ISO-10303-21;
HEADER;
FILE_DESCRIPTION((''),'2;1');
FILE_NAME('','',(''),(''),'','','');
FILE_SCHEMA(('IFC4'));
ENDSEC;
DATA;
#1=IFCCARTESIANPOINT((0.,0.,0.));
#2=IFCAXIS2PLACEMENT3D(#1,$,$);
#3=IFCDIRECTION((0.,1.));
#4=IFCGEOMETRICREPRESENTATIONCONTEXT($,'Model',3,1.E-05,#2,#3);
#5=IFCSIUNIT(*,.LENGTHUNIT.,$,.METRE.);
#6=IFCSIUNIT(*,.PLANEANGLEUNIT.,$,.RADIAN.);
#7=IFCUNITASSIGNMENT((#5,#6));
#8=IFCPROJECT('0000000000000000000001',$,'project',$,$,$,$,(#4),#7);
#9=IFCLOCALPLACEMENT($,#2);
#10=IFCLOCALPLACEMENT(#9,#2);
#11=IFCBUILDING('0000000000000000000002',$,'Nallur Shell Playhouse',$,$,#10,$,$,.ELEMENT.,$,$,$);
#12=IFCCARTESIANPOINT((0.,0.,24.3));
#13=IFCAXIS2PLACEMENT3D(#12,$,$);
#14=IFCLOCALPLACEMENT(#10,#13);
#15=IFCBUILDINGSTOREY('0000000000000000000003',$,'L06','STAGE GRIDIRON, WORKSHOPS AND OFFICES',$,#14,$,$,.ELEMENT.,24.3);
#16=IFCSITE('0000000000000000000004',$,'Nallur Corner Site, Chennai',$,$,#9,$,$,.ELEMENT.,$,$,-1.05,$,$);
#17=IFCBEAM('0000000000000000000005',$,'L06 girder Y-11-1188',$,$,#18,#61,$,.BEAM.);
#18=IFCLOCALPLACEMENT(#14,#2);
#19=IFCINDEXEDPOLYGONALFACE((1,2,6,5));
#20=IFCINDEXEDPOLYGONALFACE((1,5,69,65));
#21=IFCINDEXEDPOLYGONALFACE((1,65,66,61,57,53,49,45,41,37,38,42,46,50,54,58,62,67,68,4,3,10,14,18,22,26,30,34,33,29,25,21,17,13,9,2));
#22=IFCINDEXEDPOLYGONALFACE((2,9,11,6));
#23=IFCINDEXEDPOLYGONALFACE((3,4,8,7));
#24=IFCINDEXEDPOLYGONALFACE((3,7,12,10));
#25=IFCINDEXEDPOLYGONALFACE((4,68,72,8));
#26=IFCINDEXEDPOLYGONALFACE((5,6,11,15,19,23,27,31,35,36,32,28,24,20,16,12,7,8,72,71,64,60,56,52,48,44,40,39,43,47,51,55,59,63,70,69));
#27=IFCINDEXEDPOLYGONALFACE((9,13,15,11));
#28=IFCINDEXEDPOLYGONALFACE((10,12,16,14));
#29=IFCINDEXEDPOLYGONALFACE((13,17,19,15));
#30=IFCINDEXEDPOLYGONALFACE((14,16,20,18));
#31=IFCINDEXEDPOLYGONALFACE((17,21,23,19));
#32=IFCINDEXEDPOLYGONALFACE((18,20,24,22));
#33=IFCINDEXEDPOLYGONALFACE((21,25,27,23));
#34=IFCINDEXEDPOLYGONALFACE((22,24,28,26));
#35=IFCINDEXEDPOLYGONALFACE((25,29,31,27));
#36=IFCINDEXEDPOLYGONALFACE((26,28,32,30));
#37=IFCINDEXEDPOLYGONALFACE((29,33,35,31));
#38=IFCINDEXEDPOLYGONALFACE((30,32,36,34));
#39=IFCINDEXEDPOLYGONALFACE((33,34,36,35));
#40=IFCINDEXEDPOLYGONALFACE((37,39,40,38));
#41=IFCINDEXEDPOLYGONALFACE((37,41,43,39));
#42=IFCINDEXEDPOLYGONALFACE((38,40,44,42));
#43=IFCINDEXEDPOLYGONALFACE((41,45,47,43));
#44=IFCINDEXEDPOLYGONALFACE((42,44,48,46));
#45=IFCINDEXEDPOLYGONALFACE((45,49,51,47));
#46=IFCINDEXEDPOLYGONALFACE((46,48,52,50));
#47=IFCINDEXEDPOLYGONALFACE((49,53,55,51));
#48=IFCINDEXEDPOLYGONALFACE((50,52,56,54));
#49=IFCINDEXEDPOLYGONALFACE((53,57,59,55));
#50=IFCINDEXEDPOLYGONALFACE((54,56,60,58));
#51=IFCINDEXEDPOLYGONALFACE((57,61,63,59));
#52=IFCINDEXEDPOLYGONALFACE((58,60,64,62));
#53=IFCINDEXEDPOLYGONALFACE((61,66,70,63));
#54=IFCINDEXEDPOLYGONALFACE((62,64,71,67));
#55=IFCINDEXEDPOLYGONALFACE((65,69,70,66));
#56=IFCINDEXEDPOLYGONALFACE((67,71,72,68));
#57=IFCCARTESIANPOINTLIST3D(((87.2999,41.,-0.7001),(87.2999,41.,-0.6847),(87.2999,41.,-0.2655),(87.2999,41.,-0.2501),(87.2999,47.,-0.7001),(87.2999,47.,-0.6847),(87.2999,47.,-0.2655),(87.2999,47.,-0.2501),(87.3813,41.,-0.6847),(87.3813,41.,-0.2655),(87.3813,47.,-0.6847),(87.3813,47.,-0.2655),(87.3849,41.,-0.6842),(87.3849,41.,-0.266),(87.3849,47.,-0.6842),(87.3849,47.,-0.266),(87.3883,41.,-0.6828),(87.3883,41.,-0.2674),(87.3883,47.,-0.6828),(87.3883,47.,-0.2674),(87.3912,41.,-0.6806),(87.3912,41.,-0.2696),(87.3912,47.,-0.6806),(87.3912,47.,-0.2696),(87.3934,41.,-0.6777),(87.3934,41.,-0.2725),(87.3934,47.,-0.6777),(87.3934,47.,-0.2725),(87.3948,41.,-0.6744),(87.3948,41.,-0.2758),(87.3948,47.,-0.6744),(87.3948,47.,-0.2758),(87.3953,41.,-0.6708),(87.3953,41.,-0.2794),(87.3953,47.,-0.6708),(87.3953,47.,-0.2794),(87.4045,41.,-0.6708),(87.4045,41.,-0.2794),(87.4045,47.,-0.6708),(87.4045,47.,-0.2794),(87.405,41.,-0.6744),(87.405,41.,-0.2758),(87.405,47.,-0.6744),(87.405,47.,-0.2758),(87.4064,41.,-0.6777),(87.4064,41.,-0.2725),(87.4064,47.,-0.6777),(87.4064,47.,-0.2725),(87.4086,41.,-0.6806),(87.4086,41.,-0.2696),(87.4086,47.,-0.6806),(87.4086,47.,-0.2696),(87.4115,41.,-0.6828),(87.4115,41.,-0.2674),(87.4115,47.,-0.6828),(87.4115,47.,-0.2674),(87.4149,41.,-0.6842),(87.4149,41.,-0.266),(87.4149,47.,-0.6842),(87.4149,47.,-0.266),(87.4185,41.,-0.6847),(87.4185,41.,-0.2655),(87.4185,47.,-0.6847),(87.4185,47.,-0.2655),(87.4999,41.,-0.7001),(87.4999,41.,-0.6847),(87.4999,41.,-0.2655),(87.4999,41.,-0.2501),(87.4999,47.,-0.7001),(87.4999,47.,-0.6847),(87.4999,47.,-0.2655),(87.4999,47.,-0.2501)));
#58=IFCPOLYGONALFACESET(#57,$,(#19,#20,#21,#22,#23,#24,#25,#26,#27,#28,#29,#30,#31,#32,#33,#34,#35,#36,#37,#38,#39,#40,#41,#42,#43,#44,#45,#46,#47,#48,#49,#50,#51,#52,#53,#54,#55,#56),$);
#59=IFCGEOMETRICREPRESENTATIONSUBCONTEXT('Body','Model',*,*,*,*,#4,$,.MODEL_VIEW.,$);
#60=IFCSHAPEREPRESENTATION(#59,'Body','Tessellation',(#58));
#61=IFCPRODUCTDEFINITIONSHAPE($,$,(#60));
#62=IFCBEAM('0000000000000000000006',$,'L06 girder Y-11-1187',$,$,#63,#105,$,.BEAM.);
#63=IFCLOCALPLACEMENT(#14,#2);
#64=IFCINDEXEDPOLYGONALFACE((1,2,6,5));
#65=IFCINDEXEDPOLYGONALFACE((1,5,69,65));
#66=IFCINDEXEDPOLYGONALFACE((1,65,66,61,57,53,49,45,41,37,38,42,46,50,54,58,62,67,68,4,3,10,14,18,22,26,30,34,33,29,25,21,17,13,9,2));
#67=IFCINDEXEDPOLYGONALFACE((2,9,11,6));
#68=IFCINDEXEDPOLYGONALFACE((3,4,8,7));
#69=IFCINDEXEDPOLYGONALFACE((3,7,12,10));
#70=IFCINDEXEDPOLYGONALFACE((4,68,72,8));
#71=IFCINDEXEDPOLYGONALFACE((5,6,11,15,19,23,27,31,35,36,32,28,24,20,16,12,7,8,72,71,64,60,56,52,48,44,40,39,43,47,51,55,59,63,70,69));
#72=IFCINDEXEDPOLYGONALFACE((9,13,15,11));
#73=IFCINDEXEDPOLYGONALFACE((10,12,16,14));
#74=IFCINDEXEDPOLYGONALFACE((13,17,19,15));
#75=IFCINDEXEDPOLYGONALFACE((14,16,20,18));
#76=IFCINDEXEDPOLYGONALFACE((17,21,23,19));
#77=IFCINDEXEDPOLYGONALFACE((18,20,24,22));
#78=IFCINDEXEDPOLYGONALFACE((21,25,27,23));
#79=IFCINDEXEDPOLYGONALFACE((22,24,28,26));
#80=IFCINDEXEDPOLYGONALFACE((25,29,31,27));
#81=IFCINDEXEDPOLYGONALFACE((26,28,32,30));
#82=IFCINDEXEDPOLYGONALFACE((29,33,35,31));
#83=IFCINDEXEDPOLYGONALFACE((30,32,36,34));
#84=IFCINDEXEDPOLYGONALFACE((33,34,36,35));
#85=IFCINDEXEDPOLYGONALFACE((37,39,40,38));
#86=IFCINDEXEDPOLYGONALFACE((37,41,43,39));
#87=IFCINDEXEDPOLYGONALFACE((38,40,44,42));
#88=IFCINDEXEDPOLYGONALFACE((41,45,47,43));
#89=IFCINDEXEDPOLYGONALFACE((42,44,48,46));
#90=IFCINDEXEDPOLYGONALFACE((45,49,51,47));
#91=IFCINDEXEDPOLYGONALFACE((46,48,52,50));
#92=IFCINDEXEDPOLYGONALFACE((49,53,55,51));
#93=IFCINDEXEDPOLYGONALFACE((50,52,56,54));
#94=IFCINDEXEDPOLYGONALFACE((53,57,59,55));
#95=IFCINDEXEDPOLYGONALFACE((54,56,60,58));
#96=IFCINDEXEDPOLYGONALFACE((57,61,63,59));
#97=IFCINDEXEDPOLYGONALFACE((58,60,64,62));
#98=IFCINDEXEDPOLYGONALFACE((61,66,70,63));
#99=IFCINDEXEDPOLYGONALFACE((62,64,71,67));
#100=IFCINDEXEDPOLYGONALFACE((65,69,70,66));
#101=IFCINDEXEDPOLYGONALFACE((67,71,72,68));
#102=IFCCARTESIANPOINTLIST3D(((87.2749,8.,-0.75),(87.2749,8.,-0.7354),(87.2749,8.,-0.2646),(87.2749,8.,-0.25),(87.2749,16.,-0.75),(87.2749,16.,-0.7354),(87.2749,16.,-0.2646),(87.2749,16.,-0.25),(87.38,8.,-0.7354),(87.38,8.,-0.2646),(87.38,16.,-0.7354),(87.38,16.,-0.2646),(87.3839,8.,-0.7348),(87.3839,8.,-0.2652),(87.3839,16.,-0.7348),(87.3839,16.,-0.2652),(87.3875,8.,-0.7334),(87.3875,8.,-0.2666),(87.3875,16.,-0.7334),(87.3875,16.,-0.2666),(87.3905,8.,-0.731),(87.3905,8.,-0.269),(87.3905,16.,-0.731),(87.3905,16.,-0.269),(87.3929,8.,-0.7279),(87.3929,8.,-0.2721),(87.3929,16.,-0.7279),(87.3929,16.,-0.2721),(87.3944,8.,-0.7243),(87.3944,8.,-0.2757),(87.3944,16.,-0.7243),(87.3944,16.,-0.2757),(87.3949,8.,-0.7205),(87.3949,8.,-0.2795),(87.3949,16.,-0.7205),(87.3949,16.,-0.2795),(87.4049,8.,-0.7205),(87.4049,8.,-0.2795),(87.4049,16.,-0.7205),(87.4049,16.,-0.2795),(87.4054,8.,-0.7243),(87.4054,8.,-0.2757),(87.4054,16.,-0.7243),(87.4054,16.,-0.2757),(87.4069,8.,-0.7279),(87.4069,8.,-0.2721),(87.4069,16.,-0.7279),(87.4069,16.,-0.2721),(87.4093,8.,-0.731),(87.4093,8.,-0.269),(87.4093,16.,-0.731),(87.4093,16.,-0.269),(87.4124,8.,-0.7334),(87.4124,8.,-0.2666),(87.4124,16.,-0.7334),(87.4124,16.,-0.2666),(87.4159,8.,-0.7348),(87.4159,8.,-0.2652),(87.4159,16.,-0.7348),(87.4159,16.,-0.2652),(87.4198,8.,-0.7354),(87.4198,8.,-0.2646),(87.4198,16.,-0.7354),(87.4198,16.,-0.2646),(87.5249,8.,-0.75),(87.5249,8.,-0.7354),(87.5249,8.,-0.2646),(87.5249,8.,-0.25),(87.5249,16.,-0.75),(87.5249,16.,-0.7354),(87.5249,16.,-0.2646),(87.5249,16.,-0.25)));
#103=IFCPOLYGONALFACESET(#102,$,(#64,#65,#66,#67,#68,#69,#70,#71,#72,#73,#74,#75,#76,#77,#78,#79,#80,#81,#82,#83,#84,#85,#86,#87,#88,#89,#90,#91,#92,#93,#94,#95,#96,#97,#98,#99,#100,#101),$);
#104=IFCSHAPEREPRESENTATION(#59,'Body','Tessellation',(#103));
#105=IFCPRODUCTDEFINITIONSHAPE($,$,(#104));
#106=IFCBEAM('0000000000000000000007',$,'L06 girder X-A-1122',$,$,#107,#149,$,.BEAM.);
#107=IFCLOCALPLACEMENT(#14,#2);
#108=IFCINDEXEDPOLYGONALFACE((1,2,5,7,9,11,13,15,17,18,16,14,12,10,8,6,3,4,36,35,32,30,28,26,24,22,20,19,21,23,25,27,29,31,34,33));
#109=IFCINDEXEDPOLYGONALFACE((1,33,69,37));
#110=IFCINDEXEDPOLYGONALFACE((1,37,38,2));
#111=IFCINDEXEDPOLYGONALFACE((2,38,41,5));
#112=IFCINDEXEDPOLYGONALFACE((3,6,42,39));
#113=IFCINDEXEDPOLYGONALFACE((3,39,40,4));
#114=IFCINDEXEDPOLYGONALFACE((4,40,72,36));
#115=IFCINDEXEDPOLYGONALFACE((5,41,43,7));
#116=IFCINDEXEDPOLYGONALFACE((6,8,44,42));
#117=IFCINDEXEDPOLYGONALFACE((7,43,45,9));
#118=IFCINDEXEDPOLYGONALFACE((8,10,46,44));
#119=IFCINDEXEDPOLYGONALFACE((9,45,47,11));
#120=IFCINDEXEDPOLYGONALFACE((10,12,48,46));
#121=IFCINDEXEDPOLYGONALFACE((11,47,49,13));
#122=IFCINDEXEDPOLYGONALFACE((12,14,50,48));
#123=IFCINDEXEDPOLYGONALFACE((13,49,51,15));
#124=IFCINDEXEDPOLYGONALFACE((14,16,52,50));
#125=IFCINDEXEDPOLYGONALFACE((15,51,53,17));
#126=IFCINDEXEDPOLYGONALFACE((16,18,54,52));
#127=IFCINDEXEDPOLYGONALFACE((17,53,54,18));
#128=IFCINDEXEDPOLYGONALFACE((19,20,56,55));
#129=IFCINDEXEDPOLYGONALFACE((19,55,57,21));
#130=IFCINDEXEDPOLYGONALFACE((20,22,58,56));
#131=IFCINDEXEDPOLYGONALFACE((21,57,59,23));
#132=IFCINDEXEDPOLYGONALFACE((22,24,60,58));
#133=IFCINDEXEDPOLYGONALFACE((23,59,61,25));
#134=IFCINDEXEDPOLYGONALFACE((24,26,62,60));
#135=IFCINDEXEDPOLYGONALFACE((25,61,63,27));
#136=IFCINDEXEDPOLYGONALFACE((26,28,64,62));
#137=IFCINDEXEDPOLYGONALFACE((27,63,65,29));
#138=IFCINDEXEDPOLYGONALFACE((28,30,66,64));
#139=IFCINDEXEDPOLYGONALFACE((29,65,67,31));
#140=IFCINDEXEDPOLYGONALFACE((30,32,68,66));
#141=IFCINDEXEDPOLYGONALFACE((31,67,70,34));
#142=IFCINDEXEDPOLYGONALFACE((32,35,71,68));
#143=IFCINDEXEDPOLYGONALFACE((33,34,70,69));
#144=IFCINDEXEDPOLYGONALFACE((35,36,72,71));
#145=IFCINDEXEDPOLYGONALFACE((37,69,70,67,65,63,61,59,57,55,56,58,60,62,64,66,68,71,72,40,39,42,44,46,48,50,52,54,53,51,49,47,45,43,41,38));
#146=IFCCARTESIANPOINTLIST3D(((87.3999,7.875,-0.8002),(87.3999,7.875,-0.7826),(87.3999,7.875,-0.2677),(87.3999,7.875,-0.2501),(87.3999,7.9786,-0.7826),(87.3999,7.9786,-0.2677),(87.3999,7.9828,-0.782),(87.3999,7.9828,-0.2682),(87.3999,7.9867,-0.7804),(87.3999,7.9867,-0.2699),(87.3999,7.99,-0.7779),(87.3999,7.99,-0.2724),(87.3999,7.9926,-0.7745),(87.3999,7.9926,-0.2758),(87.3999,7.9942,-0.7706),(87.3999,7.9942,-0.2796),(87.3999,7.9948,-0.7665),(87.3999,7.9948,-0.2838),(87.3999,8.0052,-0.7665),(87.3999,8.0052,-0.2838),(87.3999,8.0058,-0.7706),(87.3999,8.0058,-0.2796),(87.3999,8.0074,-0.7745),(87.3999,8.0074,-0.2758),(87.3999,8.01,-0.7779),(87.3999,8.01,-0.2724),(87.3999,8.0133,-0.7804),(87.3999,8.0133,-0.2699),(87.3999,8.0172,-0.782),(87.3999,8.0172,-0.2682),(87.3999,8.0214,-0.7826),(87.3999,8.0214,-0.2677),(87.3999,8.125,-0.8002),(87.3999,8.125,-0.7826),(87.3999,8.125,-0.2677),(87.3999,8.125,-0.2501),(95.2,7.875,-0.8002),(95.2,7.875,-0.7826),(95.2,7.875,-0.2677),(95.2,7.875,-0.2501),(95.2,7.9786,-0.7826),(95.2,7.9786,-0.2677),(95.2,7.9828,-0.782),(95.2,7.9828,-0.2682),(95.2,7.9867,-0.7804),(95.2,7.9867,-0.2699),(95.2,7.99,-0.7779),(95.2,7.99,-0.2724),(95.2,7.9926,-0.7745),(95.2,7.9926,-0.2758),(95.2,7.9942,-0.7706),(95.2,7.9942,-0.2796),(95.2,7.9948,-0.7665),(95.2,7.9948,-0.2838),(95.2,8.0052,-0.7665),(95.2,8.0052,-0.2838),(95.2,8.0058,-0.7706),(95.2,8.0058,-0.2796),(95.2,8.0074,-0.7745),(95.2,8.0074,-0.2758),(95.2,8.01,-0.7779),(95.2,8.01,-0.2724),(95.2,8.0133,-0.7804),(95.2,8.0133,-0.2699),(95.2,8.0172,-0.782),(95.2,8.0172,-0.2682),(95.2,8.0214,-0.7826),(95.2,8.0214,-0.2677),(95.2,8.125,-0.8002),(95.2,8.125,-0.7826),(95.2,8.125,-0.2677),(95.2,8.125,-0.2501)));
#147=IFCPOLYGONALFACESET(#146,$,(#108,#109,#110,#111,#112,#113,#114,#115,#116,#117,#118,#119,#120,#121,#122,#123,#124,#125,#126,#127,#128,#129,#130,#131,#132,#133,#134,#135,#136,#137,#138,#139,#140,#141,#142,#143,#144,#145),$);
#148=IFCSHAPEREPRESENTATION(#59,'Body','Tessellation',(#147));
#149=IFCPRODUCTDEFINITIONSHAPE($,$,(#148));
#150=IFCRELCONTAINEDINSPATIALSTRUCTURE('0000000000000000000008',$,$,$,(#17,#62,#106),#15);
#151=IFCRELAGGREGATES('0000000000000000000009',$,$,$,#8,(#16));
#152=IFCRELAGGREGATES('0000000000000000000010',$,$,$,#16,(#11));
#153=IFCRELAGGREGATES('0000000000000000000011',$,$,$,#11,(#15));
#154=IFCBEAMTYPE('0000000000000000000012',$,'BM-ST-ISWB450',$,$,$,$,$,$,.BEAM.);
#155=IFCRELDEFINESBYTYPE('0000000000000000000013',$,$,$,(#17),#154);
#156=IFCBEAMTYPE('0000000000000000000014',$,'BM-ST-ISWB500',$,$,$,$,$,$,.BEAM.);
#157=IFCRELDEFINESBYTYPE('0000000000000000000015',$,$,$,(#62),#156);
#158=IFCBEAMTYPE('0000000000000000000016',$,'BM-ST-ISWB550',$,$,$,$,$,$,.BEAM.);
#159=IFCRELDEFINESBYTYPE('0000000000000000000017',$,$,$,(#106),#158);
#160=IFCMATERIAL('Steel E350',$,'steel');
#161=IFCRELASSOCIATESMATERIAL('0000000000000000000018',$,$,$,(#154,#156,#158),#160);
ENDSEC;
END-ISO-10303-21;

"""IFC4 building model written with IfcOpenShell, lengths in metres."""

from ifc_helpers import new_model, si_unit, direction, frame, origin, origin_2d, place, context, subcontext, project, spatial, i_section, extrude, material, material_profile, profile_set, type_object, element, save


model = new_model("IFC4")

# Units and contexts
model_context = context("Model", 3, precision=1e-05, world=origin(), true_north=direction((0.0, 1.0)))
body_context = subcontext(model_context, "Body", "Model", "MODEL_VIEW")
ifc_project = project(units=[si_unit("LENGTHUNIT", "METRE"), si_unit("PLANEANGLEUNIT", "RADIAN")], contexts=[model_context])

# Site, building, storey
site_placement = place(None, origin())
site = spatial("IfcSite", under=ifc_project, at=site_placement, Name="Nallur Corner Site, Chennai", CompositionType="ELEMENT", RefElevation=-1.05)
building_placement = place(site_placement, origin())
building = spatial("IfcBuilding", under=site, at=building_placement, Name="Nallur Shell Playhouse", CompositionType="ELEMENT")
storey_placement = place(building_placement, frame((0.0, 0.0, 24.3)))
storey = spatial("IfcBuildingStorey", under=building, at=storey_placement, Name="L06", Description="STAGE GRIDIRON, WORKSHOPS AND OFFICES", CompositionType="ELEMENT", Elevation=24.3)

# Shared definitions
ifc_material_1 = material(Name="Steel E350", Category="steel")

# Beams
ifc_material_profile_1 = material_profile(ifc_material_1, i_section(OverallWidth=0.2, OverallDepth=0.45, WebThickness=0.0093, FlangeThickness=0.0154, FilletRadius=0.0139, at=origin_2d()), Name="ISWB 450")
ifc_profile_set_1 = profile_set([ifc_material_profile_1], Name="Steel E350")
beam_type_1 = type_object("IfcBeamType", Name="BM-ST-ISWB450", PredefinedType="BEAM", material=ifc_profile_set_1)
beam_1_placement = place(storey_placement, frame((87.3999, 41.0, -0.4751), z_axis=(0.0, 1.0, 0.0), x_axis=(-1.0, 0.0, 0.0)))
element("IfcBeam", 1, at=beam_1_placement, inside=storey, type_object=beam_type_1, Name="L06 girder Y-11-1188", PredefinedType="BEAM", context=body_context, shape_type="SweptSolid", body=[
    extrude(i_section(OverallWidth=0.2, OverallDepth=0.45, WebThickness=0.0093, FlangeThickness=0.0154, FilletRadius=0.0139, at=origin_2d()), origin(), (0.0, 0.0, 1.0), 6.0),
])
ifc_material_profile_2 = material_profile(ifc_material_1, i_section(OverallWidth=0.25, OverallDepth=0.5, WebThickness=0.01, FlangeThickness=0.0146, FilletRadius=0.0149, at=origin_2d()), Name="ISWB 500")
ifc_profile_set_2 = profile_set([ifc_material_profile_2], Name="Steel E350")
beam_type_2 = type_object("IfcBeamType", Name="BM-ST-ISWB500", PredefinedType="BEAM", material=ifc_profile_set_2)
beam_2_placement = place(storey_placement, frame((87.3999, 8.0, -0.5), z_axis=(0.0, 1.0, 0.0), x_axis=(-1.0, 0.0, 0.0)))
element("IfcBeam", 2, at=beam_2_placement, inside=storey, type_object=beam_type_2, Name="L06 girder Y-11-1187", PredefinedType="BEAM", context=body_context, shape_type="SweptSolid", body=[
    extrude(i_section(OverallWidth=0.25, OverallDepth=0.5, WebThickness=0.01, FlangeThickness=0.0146, FilletRadius=0.0149, at=origin_2d()), origin(), (0.0, 0.0, 1.0), 8.0),
])
ifc_material_profile_3 = material_profile(ifc_material_1, i_section(OverallWidth=0.25, OverallDepth=0.55, WebThickness=0.0105, FlangeThickness=0.0176, FilletRadius=0.0161, at=origin_2d()), Name="ISWB 550")
ifc_profile_set_3 = profile_set([ifc_material_profile_3], Name="Steel E350")
beam_type_3 = type_object("IfcBeamType", Name="BM-ST-ISWB550", PredefinedType="BEAM", material=ifc_profile_set_3)
beam_3_placement = place(storey_placement, frame((87.3999, 8.0, -0.5251), z_axis=(1.0, 0.0, 0.0), x_axis=(0.0, 1.0, 0.0)))
element("IfcBeam", 3, at=beam_3_placement, inside=storey, type_object=beam_type_3, Name="L06 girder X-A-1122", PredefinedType="BEAM", context=body_context, shape_type="SweptSolid", body=[
    extrude(i_section(OverallWidth=0.25, OverallDepth=0.55, WebThickness=0.0105, FlangeThickness=0.0176, FilletRadius=0.0161, at=origin_2d()), origin(), (0.0, 0.0, 1.0), 7.8),
])

save(model, "model.ifc")
